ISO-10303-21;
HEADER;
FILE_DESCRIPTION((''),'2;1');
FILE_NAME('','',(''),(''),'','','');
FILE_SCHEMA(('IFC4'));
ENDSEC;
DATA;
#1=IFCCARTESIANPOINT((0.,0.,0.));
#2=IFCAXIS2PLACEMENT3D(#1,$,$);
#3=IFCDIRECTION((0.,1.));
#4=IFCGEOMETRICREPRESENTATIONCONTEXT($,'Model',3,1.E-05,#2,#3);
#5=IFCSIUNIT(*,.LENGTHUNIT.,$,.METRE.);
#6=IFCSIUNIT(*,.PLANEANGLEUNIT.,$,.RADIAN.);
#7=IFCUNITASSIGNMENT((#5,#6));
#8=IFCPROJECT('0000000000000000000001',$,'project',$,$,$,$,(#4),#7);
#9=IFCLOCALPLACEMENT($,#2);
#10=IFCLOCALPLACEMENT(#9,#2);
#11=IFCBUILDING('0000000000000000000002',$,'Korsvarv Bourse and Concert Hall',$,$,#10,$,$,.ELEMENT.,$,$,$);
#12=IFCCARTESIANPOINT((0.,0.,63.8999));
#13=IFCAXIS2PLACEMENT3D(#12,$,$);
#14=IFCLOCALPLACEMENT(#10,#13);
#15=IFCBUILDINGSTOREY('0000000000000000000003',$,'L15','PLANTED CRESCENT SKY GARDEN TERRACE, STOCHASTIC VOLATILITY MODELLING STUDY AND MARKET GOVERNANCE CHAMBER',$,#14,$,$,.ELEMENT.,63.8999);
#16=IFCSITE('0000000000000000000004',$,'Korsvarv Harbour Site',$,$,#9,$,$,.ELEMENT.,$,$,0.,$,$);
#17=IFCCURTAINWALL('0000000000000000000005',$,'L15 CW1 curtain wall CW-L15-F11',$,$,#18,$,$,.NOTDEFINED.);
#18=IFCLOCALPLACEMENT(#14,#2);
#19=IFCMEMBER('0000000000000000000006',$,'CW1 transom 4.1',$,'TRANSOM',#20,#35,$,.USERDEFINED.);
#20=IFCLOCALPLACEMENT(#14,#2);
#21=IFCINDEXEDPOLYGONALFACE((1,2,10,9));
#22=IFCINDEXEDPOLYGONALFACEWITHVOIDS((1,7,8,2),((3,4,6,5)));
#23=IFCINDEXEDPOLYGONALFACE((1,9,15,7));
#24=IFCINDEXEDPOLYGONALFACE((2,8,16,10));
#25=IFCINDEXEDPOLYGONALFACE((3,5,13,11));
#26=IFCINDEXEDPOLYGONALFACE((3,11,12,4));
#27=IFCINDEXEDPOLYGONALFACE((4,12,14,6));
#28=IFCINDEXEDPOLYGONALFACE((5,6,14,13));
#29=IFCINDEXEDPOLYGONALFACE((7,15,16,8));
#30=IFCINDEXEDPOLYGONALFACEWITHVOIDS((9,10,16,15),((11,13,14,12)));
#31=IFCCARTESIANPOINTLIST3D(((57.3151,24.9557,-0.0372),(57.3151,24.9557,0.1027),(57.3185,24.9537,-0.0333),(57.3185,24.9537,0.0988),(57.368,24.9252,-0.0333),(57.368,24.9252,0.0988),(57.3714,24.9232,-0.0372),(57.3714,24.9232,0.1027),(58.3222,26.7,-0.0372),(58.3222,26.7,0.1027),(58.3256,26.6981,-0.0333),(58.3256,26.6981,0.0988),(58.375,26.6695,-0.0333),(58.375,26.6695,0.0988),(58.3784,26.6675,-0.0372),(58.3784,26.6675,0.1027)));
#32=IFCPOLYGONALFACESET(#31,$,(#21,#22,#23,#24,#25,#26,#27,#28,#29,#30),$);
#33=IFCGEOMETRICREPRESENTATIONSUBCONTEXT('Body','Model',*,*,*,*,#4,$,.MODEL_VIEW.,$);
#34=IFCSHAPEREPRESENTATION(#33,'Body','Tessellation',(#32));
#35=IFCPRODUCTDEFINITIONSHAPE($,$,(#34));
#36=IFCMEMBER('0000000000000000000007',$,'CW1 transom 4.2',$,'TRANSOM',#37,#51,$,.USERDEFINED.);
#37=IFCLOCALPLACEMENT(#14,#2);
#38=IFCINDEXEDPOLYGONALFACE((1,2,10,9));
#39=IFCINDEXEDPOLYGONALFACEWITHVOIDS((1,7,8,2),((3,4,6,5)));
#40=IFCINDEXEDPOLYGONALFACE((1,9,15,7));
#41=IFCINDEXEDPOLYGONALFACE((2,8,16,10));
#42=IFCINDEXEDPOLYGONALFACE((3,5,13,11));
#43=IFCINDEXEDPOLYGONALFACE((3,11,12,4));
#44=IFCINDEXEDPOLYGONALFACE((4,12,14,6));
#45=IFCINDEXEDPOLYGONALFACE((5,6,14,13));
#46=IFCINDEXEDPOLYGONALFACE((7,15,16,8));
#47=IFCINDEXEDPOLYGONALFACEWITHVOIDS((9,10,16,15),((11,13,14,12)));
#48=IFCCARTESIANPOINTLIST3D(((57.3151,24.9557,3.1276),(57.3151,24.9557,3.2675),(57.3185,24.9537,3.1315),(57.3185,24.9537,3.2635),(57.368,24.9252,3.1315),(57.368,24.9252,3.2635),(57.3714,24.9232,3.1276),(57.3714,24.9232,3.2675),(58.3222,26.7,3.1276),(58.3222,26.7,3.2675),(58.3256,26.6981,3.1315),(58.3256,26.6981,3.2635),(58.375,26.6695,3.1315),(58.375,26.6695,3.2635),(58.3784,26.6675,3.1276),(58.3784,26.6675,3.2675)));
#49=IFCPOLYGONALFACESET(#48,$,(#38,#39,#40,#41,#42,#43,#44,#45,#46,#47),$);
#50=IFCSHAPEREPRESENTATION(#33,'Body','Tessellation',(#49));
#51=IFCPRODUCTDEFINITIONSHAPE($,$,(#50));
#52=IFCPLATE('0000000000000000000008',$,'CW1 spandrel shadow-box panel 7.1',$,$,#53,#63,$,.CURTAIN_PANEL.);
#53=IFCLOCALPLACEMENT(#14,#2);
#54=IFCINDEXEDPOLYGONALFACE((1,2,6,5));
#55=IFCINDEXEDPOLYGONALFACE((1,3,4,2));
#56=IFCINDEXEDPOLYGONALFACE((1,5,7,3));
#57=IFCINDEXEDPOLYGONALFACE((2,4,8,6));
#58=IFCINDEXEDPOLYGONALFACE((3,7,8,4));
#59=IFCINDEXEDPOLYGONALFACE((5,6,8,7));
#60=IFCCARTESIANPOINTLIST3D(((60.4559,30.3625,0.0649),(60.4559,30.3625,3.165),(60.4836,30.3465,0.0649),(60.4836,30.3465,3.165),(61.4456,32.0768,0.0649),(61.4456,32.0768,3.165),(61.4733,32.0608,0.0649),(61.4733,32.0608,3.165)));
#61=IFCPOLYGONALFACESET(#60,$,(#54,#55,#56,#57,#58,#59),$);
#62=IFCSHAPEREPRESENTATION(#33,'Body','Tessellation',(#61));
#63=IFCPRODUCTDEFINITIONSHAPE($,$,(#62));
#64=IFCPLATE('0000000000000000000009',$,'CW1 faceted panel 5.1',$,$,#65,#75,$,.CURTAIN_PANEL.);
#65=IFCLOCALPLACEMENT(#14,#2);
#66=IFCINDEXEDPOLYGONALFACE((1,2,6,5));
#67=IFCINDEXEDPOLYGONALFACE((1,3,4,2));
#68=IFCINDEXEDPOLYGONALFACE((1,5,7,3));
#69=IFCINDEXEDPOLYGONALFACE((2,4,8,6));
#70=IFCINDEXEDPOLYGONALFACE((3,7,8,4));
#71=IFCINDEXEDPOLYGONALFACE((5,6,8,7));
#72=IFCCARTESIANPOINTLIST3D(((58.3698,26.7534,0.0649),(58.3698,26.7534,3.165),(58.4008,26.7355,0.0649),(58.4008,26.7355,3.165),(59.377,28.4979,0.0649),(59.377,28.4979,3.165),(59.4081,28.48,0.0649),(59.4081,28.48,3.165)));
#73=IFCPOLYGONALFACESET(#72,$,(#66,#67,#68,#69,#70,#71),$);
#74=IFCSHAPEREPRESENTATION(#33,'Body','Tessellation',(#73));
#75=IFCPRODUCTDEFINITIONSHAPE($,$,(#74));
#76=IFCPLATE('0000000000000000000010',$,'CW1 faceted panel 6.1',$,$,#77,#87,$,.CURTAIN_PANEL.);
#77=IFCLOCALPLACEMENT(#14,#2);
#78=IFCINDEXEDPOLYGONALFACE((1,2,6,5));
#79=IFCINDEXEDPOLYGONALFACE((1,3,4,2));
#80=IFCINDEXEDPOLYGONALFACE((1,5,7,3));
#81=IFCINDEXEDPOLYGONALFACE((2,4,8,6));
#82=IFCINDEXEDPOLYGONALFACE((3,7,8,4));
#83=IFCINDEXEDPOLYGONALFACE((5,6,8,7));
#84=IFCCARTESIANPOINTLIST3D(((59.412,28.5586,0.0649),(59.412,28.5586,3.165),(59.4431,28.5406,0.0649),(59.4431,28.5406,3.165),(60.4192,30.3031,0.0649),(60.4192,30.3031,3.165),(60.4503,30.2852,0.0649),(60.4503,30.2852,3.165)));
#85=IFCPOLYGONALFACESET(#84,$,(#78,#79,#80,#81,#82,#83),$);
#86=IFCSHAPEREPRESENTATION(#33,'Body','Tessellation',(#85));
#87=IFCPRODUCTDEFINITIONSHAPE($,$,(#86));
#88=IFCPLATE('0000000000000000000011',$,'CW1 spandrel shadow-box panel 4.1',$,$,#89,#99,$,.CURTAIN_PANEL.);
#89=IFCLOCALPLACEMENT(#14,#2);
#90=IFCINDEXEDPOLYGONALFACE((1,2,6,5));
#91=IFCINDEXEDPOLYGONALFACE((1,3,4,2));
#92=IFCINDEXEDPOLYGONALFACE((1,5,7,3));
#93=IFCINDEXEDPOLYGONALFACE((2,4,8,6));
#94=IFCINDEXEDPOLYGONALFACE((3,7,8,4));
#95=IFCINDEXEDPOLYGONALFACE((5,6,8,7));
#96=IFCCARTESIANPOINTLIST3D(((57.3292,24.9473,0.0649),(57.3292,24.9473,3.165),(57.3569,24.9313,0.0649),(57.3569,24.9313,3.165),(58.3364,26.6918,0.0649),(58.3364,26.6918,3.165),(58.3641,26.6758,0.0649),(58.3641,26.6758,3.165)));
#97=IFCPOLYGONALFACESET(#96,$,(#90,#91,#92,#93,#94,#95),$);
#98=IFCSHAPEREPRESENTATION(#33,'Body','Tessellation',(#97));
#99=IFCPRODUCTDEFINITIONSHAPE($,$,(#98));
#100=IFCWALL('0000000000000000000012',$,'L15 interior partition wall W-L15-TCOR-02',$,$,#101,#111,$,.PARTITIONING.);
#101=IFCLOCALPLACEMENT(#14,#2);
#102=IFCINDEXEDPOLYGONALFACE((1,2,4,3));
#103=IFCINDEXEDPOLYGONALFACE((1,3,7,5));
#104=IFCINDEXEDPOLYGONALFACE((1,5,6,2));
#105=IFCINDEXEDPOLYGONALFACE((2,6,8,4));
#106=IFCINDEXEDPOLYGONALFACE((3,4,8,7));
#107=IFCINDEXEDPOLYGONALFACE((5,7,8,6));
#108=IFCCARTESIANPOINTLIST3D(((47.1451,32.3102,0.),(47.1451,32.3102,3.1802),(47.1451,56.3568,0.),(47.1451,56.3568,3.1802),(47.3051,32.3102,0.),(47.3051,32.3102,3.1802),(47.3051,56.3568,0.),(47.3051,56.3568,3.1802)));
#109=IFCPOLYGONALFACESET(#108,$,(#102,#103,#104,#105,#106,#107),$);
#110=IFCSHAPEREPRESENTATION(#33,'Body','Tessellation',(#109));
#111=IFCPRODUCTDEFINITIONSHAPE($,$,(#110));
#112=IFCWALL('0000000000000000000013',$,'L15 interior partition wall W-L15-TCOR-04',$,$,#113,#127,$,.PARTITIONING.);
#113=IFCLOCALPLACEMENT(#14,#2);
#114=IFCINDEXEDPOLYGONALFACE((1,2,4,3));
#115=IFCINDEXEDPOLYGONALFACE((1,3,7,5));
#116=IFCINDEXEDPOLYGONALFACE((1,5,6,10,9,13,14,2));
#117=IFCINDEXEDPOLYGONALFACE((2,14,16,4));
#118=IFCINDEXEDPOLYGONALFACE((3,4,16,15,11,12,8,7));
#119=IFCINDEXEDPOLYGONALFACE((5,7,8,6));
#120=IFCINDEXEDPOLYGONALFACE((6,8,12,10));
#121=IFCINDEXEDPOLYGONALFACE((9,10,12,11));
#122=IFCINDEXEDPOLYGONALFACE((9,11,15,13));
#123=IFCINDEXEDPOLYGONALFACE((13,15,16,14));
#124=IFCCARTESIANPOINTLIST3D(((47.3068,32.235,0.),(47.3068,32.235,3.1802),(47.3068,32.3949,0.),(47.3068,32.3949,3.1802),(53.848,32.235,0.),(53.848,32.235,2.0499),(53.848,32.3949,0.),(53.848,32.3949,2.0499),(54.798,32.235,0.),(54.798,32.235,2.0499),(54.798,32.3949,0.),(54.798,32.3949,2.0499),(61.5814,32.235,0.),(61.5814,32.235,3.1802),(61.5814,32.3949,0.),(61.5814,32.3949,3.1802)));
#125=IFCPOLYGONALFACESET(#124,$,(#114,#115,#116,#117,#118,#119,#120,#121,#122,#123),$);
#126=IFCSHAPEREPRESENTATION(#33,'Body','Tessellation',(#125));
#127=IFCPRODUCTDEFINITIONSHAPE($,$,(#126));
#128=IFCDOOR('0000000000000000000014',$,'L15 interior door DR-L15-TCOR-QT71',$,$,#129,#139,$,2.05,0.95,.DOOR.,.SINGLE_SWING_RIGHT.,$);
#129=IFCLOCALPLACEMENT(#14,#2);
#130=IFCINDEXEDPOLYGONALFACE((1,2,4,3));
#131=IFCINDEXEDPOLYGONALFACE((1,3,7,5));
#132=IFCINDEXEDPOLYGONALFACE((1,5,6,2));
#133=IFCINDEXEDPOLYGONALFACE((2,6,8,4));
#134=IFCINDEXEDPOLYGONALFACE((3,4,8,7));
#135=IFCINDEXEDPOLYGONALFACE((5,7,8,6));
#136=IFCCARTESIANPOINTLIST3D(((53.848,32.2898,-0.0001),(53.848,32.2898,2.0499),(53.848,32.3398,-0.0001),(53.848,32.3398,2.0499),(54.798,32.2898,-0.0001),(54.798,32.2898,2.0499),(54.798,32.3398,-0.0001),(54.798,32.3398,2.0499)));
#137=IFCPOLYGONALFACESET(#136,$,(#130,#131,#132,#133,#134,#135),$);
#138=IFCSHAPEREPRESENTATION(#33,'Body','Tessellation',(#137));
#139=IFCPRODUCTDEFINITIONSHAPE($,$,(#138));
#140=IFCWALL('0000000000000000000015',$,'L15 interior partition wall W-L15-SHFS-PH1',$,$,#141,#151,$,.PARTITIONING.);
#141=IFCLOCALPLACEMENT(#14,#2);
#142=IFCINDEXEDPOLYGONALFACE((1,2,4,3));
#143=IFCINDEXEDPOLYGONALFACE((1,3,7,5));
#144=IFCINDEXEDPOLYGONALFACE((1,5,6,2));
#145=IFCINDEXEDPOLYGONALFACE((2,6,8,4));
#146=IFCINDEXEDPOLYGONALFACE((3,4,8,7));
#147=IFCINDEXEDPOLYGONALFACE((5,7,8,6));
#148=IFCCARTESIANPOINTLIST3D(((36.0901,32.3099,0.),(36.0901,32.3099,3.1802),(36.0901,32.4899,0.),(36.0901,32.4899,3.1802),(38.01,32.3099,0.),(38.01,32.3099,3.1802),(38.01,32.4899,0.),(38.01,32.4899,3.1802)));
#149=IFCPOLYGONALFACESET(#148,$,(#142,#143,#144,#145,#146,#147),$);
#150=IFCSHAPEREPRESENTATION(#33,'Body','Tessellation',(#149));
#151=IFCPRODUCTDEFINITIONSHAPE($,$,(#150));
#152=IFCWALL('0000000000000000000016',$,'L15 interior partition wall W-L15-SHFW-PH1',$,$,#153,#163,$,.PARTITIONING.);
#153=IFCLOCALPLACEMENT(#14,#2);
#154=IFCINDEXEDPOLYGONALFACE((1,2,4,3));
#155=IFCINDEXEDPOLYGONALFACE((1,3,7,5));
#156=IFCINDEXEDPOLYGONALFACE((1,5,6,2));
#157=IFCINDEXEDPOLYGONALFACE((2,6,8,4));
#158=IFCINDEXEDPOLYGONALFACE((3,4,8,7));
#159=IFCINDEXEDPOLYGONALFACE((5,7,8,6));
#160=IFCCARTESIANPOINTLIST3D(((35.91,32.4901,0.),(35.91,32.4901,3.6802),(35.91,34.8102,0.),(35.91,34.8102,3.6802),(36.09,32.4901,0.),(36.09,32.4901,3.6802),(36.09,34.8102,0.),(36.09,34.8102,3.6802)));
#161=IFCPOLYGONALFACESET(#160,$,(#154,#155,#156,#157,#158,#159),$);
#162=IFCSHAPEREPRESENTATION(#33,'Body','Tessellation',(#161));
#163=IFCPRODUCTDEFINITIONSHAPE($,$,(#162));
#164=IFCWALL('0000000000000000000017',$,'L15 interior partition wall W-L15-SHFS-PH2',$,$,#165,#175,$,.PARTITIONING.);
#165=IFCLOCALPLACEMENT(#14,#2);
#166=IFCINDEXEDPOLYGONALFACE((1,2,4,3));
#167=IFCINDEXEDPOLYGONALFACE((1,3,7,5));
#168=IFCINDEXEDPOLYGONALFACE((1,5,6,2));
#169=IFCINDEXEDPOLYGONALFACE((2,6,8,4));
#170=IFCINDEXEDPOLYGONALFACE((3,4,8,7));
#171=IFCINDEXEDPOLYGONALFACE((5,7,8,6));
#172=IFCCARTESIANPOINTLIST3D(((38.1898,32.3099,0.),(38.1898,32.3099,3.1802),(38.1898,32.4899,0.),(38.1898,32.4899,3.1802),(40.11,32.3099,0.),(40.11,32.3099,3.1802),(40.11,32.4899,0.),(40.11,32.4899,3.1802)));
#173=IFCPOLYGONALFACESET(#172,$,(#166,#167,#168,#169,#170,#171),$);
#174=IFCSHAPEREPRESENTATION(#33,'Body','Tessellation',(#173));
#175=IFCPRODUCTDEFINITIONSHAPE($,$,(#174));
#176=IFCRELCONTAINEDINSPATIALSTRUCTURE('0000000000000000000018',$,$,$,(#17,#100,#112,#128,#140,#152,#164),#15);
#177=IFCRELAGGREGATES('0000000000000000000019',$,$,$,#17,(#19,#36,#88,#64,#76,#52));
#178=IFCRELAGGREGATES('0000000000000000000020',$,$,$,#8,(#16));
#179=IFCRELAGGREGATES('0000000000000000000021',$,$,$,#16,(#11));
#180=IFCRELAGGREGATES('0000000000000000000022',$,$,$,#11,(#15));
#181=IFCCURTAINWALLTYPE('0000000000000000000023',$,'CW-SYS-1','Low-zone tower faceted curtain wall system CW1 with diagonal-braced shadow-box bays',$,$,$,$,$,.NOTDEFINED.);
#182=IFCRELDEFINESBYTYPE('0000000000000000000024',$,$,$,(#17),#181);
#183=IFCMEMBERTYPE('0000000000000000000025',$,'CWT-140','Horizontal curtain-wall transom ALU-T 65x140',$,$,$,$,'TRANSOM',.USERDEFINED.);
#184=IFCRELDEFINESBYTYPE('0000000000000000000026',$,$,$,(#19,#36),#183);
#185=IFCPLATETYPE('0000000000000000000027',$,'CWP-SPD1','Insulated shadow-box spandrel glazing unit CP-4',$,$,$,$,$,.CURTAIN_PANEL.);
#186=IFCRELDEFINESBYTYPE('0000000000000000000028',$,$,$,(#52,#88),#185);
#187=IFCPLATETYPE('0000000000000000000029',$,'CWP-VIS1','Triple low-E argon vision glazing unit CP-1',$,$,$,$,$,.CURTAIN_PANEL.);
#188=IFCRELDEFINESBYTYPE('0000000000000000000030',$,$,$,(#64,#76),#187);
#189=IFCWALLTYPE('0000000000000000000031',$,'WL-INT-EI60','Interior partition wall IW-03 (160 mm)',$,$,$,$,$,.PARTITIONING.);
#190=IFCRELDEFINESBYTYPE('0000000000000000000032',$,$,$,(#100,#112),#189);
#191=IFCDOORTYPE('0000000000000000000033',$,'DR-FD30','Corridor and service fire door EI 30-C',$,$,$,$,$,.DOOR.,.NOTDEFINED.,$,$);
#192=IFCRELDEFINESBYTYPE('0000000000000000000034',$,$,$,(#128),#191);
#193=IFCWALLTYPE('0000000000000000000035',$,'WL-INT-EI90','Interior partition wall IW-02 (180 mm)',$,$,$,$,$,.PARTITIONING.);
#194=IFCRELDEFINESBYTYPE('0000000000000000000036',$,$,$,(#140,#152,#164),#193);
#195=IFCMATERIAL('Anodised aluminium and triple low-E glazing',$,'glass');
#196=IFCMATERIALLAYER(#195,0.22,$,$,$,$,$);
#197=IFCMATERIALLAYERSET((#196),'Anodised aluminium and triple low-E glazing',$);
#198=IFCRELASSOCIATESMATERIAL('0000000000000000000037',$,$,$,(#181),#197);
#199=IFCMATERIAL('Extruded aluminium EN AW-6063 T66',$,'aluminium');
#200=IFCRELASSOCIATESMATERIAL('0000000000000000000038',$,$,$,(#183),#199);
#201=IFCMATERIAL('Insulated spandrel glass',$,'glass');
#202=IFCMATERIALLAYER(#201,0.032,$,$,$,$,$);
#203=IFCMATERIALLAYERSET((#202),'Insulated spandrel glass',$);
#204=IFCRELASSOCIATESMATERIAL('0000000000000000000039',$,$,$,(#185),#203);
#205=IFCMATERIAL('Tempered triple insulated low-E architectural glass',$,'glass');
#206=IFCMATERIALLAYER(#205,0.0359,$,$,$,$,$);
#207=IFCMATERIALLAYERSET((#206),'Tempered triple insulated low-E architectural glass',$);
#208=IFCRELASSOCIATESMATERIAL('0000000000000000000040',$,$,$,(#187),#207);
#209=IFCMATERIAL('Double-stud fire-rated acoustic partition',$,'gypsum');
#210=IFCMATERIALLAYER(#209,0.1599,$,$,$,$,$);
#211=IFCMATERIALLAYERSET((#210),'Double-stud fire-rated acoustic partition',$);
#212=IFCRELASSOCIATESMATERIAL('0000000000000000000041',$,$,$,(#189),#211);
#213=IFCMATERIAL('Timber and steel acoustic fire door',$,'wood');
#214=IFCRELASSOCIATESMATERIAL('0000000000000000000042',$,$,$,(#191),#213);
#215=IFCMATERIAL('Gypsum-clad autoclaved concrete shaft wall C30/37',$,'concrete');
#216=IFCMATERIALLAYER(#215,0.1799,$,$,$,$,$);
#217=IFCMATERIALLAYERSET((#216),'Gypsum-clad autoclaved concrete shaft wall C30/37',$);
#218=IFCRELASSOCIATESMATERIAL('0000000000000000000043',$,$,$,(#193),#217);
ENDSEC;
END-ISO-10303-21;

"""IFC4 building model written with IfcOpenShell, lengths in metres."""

from ifc_helpers import new_model, si_unit, direction, frame, frame_2d, origin, origin_2d, place, context, subcontext, project, spatial, rectangle, hollow_rectangle, extrude, source, transform, mapped, material, layer, layer_set, material_profile, profile_set, type_object, element, fill, aggregate, save


model = new_model("IFC4")

# Units and contexts
model_context = context("Model", 3, precision=1e-05, world=origin(), true_north=direction((0.0, 1.0)))
body_context = subcontext(model_context, "Body", "Model", "MODEL_VIEW")
ifc_project = project(units=[si_unit("LENGTHUNIT", "METRE"), si_unit("PLANEANGLEUNIT", "RADIAN")], contexts=[model_context])

# Site, building, storey
site_placement = place(None, origin())
site = spatial("IfcSite", under=ifc_project, at=site_placement, Name="Korsvarv Harbour Site", CompositionType="ELEMENT", RefElevation=0.0)
building_placement = place(site_placement, origin())
building = spatial("IfcBuilding", under=site, at=building_placement, Name="Korsvarv Bourse and Concert Hall", CompositionType="ELEMENT")
storey_placement = place(building_placement, frame((0.0, 0.0, 63.8999)))
storey = spatial("IfcBuildingStorey", under=building, at=storey_placement, Name="L15", Description="PLANTED CRESCENT SKY GARDEN TERRACE, STOCHASTIC VOLATILITY MODELLING STUDY AND MARKET GOVERNANCE CHAMBER", CompositionType="ELEMENT", Elevation=63.8999)

# Curtain wall, members, plates
ifc_material_1 = material(Name="Anodised aluminium and triple low-E glazing", Category="glass")
ifc_layer_1 = layer(ifc_material_1, 0.22)
ifc_layer_set_1 = layer_set([ifc_layer_1], Name="Anodised aluminium and triple low-E glazing")
curtain_wall_type = type_object("IfcCurtainWallType", Name="CW-SYS-1", Description="Low-zone tower faceted curtain wall system CW1 with diagonal-braced shadow-box bays", PredefinedType="NOTDEFINED", material=ifc_layer_set_1)
curtain_wall_placement = place(storey_placement, origin())
curtain_wall = element("IfcCurtainWall", 1, at=curtain_wall_placement, inside=storey, type_object=curtain_wall_type, Name="L15 CW1 curtain wall CW-L15-F11", PredefinedType="NOTDEFINED")
ifc_material_2 = material(Name="Extruded aluminium EN AW-6063 T66", Category="aluminium")
ifc_material_profile_1 = material_profile(ifc_material_2, hollow_rectangle(XDim=0.0649, YDim=0.1399, WallThickness=0.0039, at=origin_2d()), Name="ALU-T 65x140")
ifc_profile_set_1 = profile_set([ifc_material_profile_1], Name="Extruded aluminium EN AW-6063 T66")
member_type_1 = type_object("IfcMemberType", Name="CWT-140", Description="Horizontal curtain-wall transom ALU-T 65x140", ElementType="TRANSOM", PredefinedType="USERDEFINED", material=ifc_profile_set_1)
shared_shape_1 = source(origin(), body_context, "Body", "SweptSolid", [
    extrude(hollow_rectangle(XDim=0.0649, YDim=0.1399, WallThickness=0.0039, at=origin_2d()), origin(), (0.0, 0.0, 1.0), 2.0142),
])
member_1_placement = place(storey_placement, frame((57.3433, 24.9395, 0.0327), z_axis=(0.499985, 0.866034, 0.0), x_axis=(-0.866034, 0.499985, 0.0)))
member_1 = element("IfcMember", 2, at=member_1_placement, type_object=member_type_1, Name="CW1 transom 4.1", ObjectType="TRANSOM", PredefinedType="USERDEFINED", context=body_context, shape_type="MappedRepresentation", body=[
    mapped(shared_shape_1, transform((0.0, 0.0, 0.0), scale=1.0)),
])
member_2_placement = place(storey_placement, frame((57.3433, 24.9395, 3.1975), z_axis=(0.499985, 0.866034, 0.0), x_axis=(-0.866034, 0.499985, 0.0)))
member_2 = element("IfcMember", 3, at=member_2_placement, type_object=member_type_1, Name="CW1 transom 4.2", ObjectType="TRANSOM", PredefinedType="USERDEFINED", context=body_context, shape_type="MappedRepresentation", body=[
    mapped(shared_shape_1, transform((0.0, 0.0, 0.0), scale=1.0)),
])
ifc_material_3 = material(Name="Insulated spandrel glass", Category="glass")
ifc_layer_2 = layer(ifc_material_3, 0.032)
ifc_layer_set_2 = layer_set([ifc_layer_2], Name="Insulated spandrel glass")
plate_type_1 = type_object("IfcPlateType", Name="CWP-SPD1", Description="Insulated shadow-box spandrel glazing unit CP-4", PredefinedType="CURTAIN_PANEL", material=ifc_layer_set_2)
shared_shape_2 = source(origin(), body_context, "Body", "SweptSolid", [
    extrude(rectangle(XDim=1.9795, YDim=0.032, at=origin_2d()), origin(), (0.0, 0.0, 1.0), 3.1001),
])
plate_1_placement = place(storey_placement, frame((60.9646, 31.2117, 0.0649), z_axis=(0.0, 0.0, 1.0), x_axis=(0.500006, 0.866022, 0.0)))
plate_1 = element("IfcPlate", 4, at=plate_1_placement, type_object=plate_type_1, Name="CW1 spandrel shadow-box panel 7.1", PredefinedType="CURTAIN_PANEL", context=body_context, shape_type="MappedRepresentation", body=[
    mapped(shared_shape_2, transform((0.0, 0.0, 0.0), scale=1.0)),
])
ifc_material_4 = material(Name="Tempered triple insulated low-E architectural glass", Category="glass")
ifc_layer_3 = layer(ifc_material_4, 0.0359)
ifc_layer_set_3 = layer_set([ifc_layer_3], Name="Tempered triple insulated low-E architectural glass")
plate_type_2 = type_object("IfcPlateType", Name="CWP-VIS1", Description="Triple low-E argon vision glazing unit CP-1", PredefinedType="CURTAIN_PANEL", material=ifc_layer_set_3)
shared_shape_3 = source(origin(), body_context, "Body", "SweptSolid", [
    extrude(rectangle(XDim=2.0144, YDim=0.0359, at=origin_2d()), origin(), (0.0, 0.0, 1.0), 3.1001),
])
plate_2_placement = place(storey_placement, frame((58.8889, 27.6167, 0.0649), z_axis=(0.0, 0.0, 1.0), x_axis=(0.500006, 0.866022, 0.0)))
plate_2 = element("IfcPlate", 5, at=plate_2_placement, type_object=plate_type_2, Name="CW1 faceted panel 5.1", PredefinedType="CURTAIN_PANEL", context=body_context, shape_type="MappedRepresentation", body=[
    mapped(shared_shape_3, transform((0.0, 0.0, 0.0), scale=1.0)),
])
plate_3_placement = place(storey_placement, frame((59.9312, 29.4219, 0.0649), z_axis=(0.0, 0.0, 1.0), x_axis=(0.500006, 0.866022, 0.0)))
plate_3 = element("IfcPlate", 6, at=plate_3_placement, type_object=plate_type_2, Name="CW1 faceted panel 6.1", PredefinedType="CURTAIN_PANEL", context=body_context, shape_type="MappedRepresentation", body=[
    mapped(shared_shape_3, transform((0.0, 0.0, 0.0), scale=1.0)),
])
shared_shape_4 = source(origin(), body_context, "Body", "SweptSolid", [
    extrude(rectangle(XDim=2.0144, YDim=0.032, at=origin_2d()), origin(), (0.0, 0.0, 1.0), 3.1001),
])
plate_4_placement = place(storey_placement, frame((57.8467, 25.8115, 0.0649), z_axis=(0.0, 0.0, 1.0), x_axis=(0.500006, 0.866022, 0.0)))
plate_4 = element("IfcPlate", 7, at=plate_4_placement, type_object=plate_type_1, Name="CW1 spandrel shadow-box panel 4.1", PredefinedType="CURTAIN_PANEL", context=body_context, shape_type="MappedRepresentation", body=[
    mapped(shared_shape_4, transform((0.0, 0.0, 0.0), scale=1.0)),
])
aggregate(curtain_wall, [member_1, member_2, plate_4, plate_2, plate_3, plate_1])

# Wall
ifc_material_5 = material(Name="Double-stud fire-rated acoustic partition", Category="gypsum")
ifc_layer_4 = layer(ifc_material_5, 0.1599)
ifc_layer_set_4 = layer_set([ifc_layer_4], Name="Double-stud fire-rated acoustic partition")
wall_type_1 = type_object("IfcWallType", Name="WL-INT-EI60", Description="Interior partition wall IW-03 (160 mm)", PredefinedType="PARTITIONING", material=ifc_layer_set_4)
wall_1_placement = place(storey_placement, frame((47.2251, 32.3101, 0.0), z_axis=(0.0, 0.0, 1.0), x_axis=(0.0, 1.0, 0.0)))
element("IfcWall", 8, at=wall_1_placement, inside=storey, type_object=wall_type_1, Name="L15 interior partition wall W-L15-TCOR-02", PredefinedType="PARTITIONING", context=body_context, shape_type="SweptSolid", body=[
    extrude(rectangle(XDim=24.0466, YDim=0.1599, at=frame_2d((12.0234, 0.0))), origin(), (0.0, 0.0, 1.0), 3.1802),
])

# Wall, opening, door
wall_2_placement = place(storey_placement, frame((47.3069, 32.3149, 0.0), z_axis=(0.0, 0.0, 1.0), x_axis=(1.0, 0.0, 0.0)))
wall_2 = element("IfcWall", 9, at=wall_2_placement, inside=storey, type_object=wall_type_1, Name="L15 interior partition wall W-L15-TCOR-04", PredefinedType="PARTITIONING", context=body_context, shape_type="SweptSolid", body=[
    extrude(rectangle(XDim=14.2747, YDim=0.1599, at=frame_2d((7.1372, 0.0))), origin(), (0.0, 0.0, 1.0), 3.1802),
])
opening_placement = place(wall_2_placement, frame((6.541, 0.0, 0.0)))
opening = element("IfcOpeningElement", 10, at=opening_placement, cuts=wall_2, PredefinedType="OPENING", context=body_context, shape_type="SweptSolid", body=[
    extrude(rectangle(XDim=0.95, YDim=2.05, at=frame_2d((0.4751, 1.0249))), frame((0.0, 0.0898, 0.0), z_axis=(0.0, -1.0, 0.0), x_axis=(1.0, 0.0, 0.0)), (0.0, 0.0, 1.0), 0.1799),
])
ifc_material_6 = material(Name="Timber and steel acoustic fire door", Category="wood")
door_type = type_object("IfcDoorType", Name="DR-FD30", Description="Corridor and service fire door EI 30-C", OperationType="NOTDEFINED", PredefinedType="DOOR", material=ifc_material_6)
door_placement = place(opening_placement, origin())
door = element("IfcDoor", 11, at=door_placement, inside=storey, type_object=door_type, Name="L15 interior door DR-L15-TCOR-QT71", OperationType="SINGLE_SWING_RIGHT", OverallHeight=2.05, OverallWidth=0.95, PredefinedType="DOOR", context=body_context, shape_type="SweptSolid", body=[
    extrude(rectangle(XDim=0.95, YDim=2.05, at=frame_2d((0.4751, 1.0249))), frame((0.0, 0.0249, 0.0), z_axis=(0.0, -1.0, 0.0), x_axis=(1.0, 0.0, 0.0)), (0.0, 0.0, 1.0), 0.05),
])
fill(opening, door)

# Walls
ifc_material_7 = material(Name="Gypsum-clad autoclaved concrete shaft wall C30/37", Category="concrete")
ifc_layer_5 = layer(ifc_material_7, 0.1799)
ifc_layer_set_5 = layer_set([ifc_layer_5], Name="Gypsum-clad autoclaved concrete shaft wall C30/37")
wall_type_2 = type_object("IfcWallType", Name="WL-INT-EI90", Description="Interior partition wall IW-02 (180 mm)", PredefinedType="PARTITIONING", material=ifc_layer_set_5)
wall_3_placement = place(storey_placement, frame((36.0901, 32.3999, 0.0), z_axis=(0.0, 0.0, 1.0), x_axis=(1.0, 0.0, 0.0)))
element("IfcWall", 12, at=wall_3_placement, inside=storey, type_object=wall_type_2, Name="L15 interior partition wall W-L15-SHFS-PH1", PredefinedType="PARTITIONING", context=body_context, shape_type="SweptSolid", body=[
    extrude(rectangle(XDim=1.9199, YDim=0.1799, at=frame_2d((0.96, 0.0))), origin(), (0.0, 0.0, 1.0), 3.1802),
])
wall_4_placement = place(storey_placement, frame((36.0, 32.49, 0.0), z_axis=(0.0, 0.0, 1.0), x_axis=(0.0, 1.0, 0.0)))
element("IfcWall", 13, at=wall_4_placement, inside=storey, type_object=wall_type_2, Name="L15 interior partition wall W-L15-SHFW-PH1", PredefinedType="PARTITIONING", context=body_context, shape_type="SweptSolid", body=[
    extrude(rectangle(XDim=2.3201, YDim=0.1799, at=frame_2d((1.1602, 0.0))), origin(), (0.0, 0.0, 1.0), 3.6802),
])
wall_5_placement = place(storey_placement, frame((38.1899, 32.3999, 0.0), z_axis=(0.0, 0.0, 1.0), x_axis=(1.0, 0.0, 0.0)))
element("IfcWall", 14, at=wall_5_placement, inside=storey, type_object=wall_type_2, Name="L15 interior partition wall W-L15-SHFS-PH2", PredefinedType="PARTITIONING", context=body_context, shape_type="SweptSolid", body=[
    extrude(rectangle(XDim=1.9202, YDim=0.1799, at=frame_2d((0.96, 0.0))), origin(), (0.0, 0.0, 1.0), 3.1802),
])

save(model, "model.ifc")
